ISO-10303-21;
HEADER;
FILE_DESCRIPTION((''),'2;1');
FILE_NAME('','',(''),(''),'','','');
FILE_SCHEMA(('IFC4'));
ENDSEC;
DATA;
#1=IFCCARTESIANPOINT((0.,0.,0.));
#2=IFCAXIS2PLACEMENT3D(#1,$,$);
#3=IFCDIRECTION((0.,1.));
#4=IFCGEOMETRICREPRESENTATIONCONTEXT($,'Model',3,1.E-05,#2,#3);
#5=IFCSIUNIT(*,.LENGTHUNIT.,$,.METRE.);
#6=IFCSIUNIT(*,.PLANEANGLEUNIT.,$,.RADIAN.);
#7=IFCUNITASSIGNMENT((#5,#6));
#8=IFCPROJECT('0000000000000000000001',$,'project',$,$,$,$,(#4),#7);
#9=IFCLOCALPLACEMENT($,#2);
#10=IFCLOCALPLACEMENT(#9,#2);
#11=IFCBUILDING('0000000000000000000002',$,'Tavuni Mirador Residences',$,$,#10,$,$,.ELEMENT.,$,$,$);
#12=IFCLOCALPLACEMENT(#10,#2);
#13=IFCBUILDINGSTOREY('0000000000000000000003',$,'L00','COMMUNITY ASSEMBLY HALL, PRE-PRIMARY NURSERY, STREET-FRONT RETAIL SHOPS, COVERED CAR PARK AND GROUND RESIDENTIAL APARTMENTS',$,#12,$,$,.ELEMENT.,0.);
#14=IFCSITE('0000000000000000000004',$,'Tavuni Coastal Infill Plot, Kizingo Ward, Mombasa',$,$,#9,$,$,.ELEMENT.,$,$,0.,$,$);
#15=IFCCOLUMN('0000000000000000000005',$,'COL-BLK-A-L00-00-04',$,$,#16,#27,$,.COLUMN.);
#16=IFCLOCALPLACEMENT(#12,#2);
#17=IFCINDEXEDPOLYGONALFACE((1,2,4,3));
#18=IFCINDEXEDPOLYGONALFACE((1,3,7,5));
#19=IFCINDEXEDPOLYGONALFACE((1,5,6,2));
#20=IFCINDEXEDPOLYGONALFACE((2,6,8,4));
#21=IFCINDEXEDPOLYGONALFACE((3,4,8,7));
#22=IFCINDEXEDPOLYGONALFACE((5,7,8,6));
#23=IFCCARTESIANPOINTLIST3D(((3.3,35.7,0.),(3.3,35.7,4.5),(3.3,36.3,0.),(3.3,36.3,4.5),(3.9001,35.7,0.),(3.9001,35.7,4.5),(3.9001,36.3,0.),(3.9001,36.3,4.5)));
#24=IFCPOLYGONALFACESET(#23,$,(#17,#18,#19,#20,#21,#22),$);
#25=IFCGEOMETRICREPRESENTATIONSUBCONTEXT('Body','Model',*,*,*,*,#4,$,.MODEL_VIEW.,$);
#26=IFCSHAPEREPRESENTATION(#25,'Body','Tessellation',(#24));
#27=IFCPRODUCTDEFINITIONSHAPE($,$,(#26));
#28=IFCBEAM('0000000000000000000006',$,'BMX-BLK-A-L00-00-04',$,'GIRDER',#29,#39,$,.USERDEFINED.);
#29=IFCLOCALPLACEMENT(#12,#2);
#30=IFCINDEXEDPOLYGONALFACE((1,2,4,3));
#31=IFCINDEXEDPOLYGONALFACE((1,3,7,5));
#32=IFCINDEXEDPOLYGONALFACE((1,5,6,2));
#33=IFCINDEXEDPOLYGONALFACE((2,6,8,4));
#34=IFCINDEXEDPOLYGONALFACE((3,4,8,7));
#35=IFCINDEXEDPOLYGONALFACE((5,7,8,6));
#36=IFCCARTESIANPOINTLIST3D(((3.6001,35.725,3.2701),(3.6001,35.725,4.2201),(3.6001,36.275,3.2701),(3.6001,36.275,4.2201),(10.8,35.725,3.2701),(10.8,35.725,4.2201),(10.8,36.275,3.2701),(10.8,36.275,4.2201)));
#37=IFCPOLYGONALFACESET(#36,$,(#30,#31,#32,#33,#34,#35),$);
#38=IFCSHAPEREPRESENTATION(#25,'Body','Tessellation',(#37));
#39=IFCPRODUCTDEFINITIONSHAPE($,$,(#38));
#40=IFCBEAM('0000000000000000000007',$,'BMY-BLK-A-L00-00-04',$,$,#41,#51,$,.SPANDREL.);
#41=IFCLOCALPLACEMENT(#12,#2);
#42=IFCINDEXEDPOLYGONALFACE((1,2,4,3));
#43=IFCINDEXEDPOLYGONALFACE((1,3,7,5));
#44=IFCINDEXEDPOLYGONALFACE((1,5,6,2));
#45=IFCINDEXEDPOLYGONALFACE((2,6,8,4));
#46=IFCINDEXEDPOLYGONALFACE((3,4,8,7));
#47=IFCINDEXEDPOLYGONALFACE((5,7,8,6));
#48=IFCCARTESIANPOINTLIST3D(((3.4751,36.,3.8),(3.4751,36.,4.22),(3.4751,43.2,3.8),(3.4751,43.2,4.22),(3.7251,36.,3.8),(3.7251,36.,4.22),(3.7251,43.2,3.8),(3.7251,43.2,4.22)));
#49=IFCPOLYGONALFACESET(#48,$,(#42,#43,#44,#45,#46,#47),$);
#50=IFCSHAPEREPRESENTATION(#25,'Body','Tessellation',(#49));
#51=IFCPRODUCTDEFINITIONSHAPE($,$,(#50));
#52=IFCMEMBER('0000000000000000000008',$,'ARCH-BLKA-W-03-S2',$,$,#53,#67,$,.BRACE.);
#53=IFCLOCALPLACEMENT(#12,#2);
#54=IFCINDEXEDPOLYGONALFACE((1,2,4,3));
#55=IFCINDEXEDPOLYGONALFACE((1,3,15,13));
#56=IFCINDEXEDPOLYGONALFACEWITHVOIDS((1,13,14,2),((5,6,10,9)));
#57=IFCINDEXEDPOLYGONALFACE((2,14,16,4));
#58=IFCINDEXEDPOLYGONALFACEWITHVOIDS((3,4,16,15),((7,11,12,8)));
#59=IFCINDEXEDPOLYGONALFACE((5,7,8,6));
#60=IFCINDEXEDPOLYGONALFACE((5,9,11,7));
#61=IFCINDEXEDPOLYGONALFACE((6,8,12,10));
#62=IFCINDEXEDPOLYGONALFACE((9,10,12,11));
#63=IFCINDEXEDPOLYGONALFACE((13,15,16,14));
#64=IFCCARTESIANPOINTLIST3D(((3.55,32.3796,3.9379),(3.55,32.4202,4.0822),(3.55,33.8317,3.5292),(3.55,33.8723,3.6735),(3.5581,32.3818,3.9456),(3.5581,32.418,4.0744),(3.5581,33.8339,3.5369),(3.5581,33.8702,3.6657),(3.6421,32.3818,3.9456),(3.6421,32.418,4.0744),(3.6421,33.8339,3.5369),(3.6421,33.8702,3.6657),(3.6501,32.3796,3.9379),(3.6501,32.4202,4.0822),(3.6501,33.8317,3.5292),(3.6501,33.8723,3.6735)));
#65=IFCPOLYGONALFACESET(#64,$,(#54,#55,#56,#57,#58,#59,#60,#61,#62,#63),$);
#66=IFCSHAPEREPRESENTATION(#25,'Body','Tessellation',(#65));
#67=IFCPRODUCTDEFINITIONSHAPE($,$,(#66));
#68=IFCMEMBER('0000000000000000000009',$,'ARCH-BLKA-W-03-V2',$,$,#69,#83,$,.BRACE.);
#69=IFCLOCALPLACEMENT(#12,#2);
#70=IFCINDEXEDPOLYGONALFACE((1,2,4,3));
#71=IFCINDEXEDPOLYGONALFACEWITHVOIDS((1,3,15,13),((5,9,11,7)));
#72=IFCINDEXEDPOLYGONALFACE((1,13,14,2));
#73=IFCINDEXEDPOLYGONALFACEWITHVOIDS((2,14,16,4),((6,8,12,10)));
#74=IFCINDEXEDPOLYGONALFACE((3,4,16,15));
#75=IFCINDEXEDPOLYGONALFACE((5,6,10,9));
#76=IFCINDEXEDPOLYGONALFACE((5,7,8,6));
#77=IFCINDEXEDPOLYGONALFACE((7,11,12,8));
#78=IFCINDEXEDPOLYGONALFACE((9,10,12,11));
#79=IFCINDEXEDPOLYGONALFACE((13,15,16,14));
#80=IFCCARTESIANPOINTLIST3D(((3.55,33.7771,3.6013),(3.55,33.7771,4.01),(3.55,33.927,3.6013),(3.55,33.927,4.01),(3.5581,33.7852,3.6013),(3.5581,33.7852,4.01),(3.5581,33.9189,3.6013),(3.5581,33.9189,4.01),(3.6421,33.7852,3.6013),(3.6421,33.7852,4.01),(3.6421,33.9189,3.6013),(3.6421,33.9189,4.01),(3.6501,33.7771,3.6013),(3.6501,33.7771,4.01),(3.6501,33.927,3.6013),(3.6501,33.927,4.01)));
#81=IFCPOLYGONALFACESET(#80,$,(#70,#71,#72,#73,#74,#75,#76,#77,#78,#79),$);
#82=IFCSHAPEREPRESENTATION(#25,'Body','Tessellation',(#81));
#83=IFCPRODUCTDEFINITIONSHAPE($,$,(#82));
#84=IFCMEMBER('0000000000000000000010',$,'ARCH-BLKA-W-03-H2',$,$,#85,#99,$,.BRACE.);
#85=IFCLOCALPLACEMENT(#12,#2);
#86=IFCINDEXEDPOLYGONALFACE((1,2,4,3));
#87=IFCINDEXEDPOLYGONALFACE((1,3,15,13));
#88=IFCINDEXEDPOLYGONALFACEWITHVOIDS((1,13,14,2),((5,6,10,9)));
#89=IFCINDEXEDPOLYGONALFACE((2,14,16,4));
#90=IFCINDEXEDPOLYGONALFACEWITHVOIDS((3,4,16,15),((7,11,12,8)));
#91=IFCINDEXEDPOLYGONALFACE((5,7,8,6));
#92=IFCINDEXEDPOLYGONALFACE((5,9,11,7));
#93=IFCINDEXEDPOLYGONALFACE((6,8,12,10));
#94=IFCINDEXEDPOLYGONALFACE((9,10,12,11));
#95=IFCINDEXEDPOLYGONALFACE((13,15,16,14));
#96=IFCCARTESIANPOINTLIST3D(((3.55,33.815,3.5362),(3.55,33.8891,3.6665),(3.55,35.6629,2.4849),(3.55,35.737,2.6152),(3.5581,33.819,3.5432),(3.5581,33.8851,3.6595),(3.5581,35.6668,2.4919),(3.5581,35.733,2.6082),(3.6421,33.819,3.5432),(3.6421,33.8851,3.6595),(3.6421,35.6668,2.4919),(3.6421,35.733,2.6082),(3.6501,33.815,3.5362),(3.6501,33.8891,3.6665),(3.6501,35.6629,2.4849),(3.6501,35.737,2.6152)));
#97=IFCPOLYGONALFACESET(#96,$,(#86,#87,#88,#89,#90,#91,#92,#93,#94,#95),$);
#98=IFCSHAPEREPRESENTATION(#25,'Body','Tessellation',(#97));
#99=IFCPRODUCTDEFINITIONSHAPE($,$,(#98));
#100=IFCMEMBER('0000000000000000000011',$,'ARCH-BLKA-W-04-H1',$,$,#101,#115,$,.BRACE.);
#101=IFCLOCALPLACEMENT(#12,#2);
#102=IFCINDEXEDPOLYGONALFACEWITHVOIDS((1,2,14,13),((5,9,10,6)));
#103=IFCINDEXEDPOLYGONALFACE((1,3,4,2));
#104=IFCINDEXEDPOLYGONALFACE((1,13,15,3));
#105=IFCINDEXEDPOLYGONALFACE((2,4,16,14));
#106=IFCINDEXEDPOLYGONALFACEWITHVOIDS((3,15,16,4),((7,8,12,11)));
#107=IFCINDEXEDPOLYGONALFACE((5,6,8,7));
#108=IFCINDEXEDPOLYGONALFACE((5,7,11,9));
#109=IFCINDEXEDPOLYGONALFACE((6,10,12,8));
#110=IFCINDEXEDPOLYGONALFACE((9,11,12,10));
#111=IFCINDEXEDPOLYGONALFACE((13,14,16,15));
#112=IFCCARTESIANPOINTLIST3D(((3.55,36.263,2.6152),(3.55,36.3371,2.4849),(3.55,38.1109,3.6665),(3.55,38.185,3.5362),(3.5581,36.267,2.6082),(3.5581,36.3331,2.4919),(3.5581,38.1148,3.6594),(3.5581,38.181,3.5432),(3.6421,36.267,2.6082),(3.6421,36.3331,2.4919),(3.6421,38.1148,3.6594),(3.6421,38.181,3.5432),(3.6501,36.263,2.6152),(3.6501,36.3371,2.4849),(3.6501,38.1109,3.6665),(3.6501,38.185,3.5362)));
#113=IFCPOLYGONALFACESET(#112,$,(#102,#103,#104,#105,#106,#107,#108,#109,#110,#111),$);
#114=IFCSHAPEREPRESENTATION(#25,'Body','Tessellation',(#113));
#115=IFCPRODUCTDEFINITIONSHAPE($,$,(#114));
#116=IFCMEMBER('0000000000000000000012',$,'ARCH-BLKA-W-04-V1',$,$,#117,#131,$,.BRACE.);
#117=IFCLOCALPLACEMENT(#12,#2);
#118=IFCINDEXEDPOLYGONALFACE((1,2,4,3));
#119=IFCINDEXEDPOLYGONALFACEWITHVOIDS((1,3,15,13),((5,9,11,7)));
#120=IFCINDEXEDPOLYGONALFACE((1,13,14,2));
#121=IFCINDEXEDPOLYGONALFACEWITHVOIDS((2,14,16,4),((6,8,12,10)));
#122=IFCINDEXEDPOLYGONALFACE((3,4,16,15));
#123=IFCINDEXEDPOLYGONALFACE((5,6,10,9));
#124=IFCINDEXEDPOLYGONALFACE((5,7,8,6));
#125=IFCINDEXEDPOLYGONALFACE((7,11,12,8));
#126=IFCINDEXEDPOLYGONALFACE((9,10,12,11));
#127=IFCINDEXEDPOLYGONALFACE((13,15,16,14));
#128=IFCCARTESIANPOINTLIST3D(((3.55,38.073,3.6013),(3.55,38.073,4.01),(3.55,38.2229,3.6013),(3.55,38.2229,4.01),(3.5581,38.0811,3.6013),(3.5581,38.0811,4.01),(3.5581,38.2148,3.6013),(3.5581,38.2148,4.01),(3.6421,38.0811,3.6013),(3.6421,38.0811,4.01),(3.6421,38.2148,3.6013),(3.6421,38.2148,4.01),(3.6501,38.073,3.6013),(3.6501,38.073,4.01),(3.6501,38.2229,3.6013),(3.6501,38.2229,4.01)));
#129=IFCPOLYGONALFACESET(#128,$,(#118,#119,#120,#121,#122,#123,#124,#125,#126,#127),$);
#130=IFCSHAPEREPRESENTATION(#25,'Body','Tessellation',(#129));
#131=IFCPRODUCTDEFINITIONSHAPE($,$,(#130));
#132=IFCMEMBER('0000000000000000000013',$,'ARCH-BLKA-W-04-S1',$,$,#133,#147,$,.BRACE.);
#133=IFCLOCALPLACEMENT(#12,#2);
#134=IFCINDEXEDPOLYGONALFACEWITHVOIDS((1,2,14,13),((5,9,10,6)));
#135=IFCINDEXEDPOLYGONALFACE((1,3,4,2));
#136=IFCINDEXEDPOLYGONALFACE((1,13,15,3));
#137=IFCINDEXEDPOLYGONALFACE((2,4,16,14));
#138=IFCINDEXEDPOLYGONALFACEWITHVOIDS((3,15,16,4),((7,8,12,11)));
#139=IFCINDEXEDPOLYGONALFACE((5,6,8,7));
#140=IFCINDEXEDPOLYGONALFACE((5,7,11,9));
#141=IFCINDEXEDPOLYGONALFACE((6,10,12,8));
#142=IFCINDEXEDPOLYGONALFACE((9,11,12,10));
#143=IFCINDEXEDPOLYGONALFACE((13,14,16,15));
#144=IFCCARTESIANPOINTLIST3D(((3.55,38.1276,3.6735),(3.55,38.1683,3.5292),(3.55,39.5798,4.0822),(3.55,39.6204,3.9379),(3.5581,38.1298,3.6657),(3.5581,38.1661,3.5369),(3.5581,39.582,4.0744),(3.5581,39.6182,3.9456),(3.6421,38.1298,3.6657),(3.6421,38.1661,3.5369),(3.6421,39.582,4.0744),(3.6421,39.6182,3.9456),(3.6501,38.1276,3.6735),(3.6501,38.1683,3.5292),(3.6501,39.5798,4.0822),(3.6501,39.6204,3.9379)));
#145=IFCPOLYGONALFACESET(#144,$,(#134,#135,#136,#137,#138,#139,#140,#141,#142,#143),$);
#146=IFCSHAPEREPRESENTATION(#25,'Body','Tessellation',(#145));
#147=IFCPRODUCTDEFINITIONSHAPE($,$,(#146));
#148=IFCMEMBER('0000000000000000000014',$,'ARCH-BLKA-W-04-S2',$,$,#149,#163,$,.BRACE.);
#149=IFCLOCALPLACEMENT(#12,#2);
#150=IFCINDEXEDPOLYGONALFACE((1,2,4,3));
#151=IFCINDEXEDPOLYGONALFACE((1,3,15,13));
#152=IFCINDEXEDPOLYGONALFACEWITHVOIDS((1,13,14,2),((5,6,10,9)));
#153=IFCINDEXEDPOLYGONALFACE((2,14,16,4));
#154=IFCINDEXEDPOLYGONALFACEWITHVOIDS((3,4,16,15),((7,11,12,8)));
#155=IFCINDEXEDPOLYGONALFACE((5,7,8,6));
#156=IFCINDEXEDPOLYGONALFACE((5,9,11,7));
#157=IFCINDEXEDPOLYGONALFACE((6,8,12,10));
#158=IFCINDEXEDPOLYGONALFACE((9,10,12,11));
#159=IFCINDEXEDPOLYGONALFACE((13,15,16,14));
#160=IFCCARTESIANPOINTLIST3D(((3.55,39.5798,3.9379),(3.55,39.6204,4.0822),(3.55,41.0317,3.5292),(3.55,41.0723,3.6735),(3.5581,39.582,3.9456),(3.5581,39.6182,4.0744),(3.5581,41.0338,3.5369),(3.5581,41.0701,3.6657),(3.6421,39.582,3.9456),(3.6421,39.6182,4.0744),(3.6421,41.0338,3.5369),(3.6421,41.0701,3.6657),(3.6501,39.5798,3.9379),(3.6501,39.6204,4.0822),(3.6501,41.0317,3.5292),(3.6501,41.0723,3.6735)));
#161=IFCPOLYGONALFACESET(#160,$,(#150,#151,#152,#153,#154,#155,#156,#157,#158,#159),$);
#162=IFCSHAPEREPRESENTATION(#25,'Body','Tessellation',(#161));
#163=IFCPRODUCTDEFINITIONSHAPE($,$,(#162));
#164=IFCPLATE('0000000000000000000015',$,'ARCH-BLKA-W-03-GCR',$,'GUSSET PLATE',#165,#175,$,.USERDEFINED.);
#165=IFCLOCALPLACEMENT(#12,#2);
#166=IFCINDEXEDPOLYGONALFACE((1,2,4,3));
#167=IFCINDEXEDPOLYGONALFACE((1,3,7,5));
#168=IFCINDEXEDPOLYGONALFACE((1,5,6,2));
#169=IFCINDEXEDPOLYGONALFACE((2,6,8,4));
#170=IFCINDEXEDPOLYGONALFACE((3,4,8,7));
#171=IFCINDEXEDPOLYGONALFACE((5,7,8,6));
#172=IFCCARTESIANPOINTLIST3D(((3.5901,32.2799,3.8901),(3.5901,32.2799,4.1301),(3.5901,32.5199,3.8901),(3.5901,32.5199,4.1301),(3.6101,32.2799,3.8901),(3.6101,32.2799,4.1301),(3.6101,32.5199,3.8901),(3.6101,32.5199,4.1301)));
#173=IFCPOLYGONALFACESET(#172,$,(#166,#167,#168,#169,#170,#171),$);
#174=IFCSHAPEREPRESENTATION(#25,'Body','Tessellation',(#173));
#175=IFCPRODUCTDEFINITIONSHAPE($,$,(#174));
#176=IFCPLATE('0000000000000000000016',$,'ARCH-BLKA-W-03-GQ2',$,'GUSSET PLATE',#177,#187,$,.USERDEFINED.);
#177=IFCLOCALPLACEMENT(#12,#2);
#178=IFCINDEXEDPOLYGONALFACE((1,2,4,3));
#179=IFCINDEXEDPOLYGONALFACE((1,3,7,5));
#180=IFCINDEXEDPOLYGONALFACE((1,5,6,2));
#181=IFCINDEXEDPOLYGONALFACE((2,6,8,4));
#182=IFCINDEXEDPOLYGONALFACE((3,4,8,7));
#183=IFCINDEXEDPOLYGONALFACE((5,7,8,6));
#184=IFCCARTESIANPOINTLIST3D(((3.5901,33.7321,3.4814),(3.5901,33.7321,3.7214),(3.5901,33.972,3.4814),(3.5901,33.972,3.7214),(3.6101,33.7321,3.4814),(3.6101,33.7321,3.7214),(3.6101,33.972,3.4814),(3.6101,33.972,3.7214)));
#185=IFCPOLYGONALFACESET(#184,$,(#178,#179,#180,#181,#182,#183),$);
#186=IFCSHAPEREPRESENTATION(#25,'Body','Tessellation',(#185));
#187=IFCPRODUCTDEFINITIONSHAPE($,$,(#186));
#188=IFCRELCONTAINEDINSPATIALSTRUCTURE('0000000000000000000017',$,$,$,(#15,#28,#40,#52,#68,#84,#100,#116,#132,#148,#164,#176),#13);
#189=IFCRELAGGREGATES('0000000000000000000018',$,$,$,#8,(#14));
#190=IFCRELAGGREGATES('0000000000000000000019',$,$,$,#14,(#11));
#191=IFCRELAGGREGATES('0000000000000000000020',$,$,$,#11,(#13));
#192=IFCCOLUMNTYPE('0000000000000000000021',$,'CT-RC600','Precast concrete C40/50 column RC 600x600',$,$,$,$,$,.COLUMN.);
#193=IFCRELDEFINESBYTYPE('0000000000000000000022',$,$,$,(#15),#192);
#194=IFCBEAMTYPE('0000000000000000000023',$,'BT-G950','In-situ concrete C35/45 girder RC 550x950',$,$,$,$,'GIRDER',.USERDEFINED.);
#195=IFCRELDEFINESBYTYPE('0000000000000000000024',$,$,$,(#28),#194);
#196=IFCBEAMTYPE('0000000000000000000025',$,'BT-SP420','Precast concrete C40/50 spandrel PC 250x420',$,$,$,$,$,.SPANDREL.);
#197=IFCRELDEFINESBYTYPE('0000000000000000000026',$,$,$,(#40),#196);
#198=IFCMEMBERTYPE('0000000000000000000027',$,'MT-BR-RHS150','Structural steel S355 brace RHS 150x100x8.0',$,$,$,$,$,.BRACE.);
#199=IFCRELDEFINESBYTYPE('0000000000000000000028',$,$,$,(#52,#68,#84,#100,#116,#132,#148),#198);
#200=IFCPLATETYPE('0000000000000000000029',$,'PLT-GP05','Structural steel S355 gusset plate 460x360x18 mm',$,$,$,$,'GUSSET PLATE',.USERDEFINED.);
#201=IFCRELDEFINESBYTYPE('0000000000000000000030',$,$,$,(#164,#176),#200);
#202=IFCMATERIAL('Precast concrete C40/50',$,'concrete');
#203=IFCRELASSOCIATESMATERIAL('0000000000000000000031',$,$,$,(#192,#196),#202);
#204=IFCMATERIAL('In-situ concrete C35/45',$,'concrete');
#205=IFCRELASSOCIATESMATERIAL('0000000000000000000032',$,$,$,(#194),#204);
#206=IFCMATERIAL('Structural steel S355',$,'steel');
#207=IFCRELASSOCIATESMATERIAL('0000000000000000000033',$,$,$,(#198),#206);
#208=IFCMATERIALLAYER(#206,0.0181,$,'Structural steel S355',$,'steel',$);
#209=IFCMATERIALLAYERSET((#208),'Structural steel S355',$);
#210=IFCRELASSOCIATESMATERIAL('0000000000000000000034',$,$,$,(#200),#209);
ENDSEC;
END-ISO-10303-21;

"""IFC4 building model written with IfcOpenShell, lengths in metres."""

from ifc_helpers import new_model, si_unit, direction, frame, origin, origin_2d, place, context, subcontext, project, spatial, rectangle, hollow_rectangle, extrude, material, layer, layer_set, material_profile, profile_set, type_object, element, save


model = new_model("IFC4")

# Units and contexts
model_context = context("Model", 3, precision=1e-05, world=origin(), true_north=direction((0.0, 1.0)))
body_context = subcontext(model_context, "Body", "Model", "MODEL_VIEW")
ifc_project = project(units=[si_unit("LENGTHUNIT", "METRE"), si_unit("PLANEANGLEUNIT", "RADIAN")], contexts=[model_context])

# Site, building, storey
site_placement = place(None, origin())
site = spatial("IfcSite", under=ifc_project, at=site_placement, Name="Tavuni Coastal Infill Plot, Kizingo Ward, Mombasa", CompositionType="ELEMENT", RefElevation=0.0)
building_placement = place(site_placement, origin())
building = spatial("IfcBuilding", under=site, at=building_placement, Name="Tavuni Mirador Residences", CompositionType="ELEMENT")
storey_placement = place(building_placement, origin())
storey = spatial("IfcBuildingStorey", under=building, at=storey_placement, Name="L00", Description="COMMUNITY ASSEMBLY HALL, PRE-PRIMARY NURSERY, STREET-FRONT RETAIL SHOPS, COVERED CAR PARK AND GROUND RESIDENTIAL APARTMENTS", CompositionType="ELEMENT", Elevation=0.0)

# Column
ifc_material_1 = material(Name="Precast concrete C40/50", Category="concrete")
ifc_material_profile_1 = material_profile(ifc_material_1, rectangle(XDim=0.6001, YDim=0.6001, at=origin_2d()), Name="RC 600x600", Category="concrete")
ifc_profile_set_1 = profile_set([ifc_material_profile_1], Name="Precast concrete C40/50")
column_type = type_object("IfcColumnType", Name="CT-RC600", Description="Precast concrete C40/50 column RC 600x600", PredefinedType="COLUMN", material=ifc_profile_set_1)
column_placement = place(storey_placement, frame((3.6001, 36.0, 0.0), z_axis=(0.0, 0.0, 1.0), x_axis=(1.0, 0.0, 0.0)))
element("IfcColumn", 1, at=column_placement, inside=storey, type_object=column_type, Name="COL-BLK-A-L00-00-04", PredefinedType="COLUMN", context=body_context, shape_type="SweptSolid", body=[
    extrude(rectangle(XDim=0.6001, YDim=0.6001, at=origin_2d()), origin(), (0.0, 0.0, 1.0), 4.5),
])

# Beams
ifc_material_2 = material(Name="In-situ concrete C35/45", Category="concrete")
ifc_material_profile_2 = material_profile(ifc_material_2, rectangle(XDim=0.55, YDim=0.95, at=origin_2d()), Name="RC 550x950", Category="concrete")
ifc_profile_set_2 = profile_set([ifc_material_profile_2], Name="In-situ concrete C35/45")
beam_type_1 = type_object("IfcBeamType", Name="BT-G950", Description="In-situ concrete C35/45 girder RC 550x950", ElementType="GIRDER", PredefinedType="USERDEFINED", material=ifc_profile_set_2)
beam_1_placement = place(storey_placement, frame((3.6001, 36.0, 3.7451), z_axis=(1.0, 0.0, 0.0), x_axis=(0.0, 1.0, 0.0)))
element("IfcBeam", 2, at=beam_1_placement, inside=storey, type_object=beam_type_1, Name="BMX-BLK-A-L00-00-04", ObjectType="GIRDER", PredefinedType="USERDEFINED", context=body_context, shape_type="SweptSolid", body=[
    extrude(rectangle(XDim=0.55, YDim=0.95, at=origin_2d()), origin(), (0.0, 0.0, 1.0), 7.2),
])
ifc_material_profile_3 = material_profile(ifc_material_1, rectangle(XDim=0.25, YDim=0.4199, at=origin_2d()), Name="PC 250x420", Category="concrete")
ifc_profile_set_3 = profile_set([ifc_material_profile_3], Name="Precast concrete C40/50")
beam_type_2 = type_object("IfcBeamType", Name="BT-SP420", Description="Precast concrete C40/50 spandrel PC 250x420", PredefinedType="SPANDREL", material=ifc_profile_set_3)
beam_2_placement = place(storey_placement, frame((3.6001, 36.0, 4.01), z_axis=(0.0, 1.0, 0.0), x_axis=(-1.0, 0.0, 0.0)))
element("IfcBeam", 3, at=beam_2_placement, inside=storey, type_object=beam_type_2, Name="BMY-BLK-A-L00-00-04", PredefinedType="SPANDREL", context=body_context, shape_type="SweptSolid", body=[
    extrude(rectangle(XDim=0.25, YDim=0.4199, at=origin_2d()), origin(), (0.0, 0.0, 1.0), 7.2),
])

# Members
ifc_material_3 = material(Name="Structural steel S355", Category="steel")
ifc_material_profile_4 = material_profile(ifc_material_3, hollow_rectangle(XDim=0.1001, YDim=0.1499, WallThickness=0.0081, at=origin_2d()), Name="RHS 150x100x8.0", Category="steel")
ifc_profile_set_4 = profile_set([ifc_material_profile_4], Name="Structural steel S355")
member_type = type_object("IfcMemberType", Name="MT-BR-RHS150", Description="Structural steel S355 brace RHS 150x100x8.0", PredefinedType="BRACE", material=ifc_profile_set_4)
member_1_placement = place(storey_placement, frame((3.6001, 32.3999, 4.01), z_axis=(0.0, 0.962603, -0.270914), x_axis=(-1.0, 0.0, 0.0)))
element("IfcMember", 4, at=member_1_placement, inside=storey, type_object=member_type, Name="ARCH-BLKA-W-03-S2", PredefinedType="BRACE", context=body_context, shape_type="SweptSolid", body=[
    extrude(hollow_rectangle(XDim=0.1001, YDim=0.1499, WallThickness=0.0081, at=origin_2d()), origin(), (0.0, 0.0, 1.0), 1.5085),
])
member_2_placement = place(storey_placement, frame((3.6001, 33.8521, 3.6013), z_axis=(0.0, 0.0, 1.0), x_axis=(1.0, 0.0, 0.0)))
element("IfcMember", 5, at=member_2_placement, inside=storey, type_object=member_type, Name="ARCH-BLKA-W-03-V2", PredefinedType="BRACE", context=body_context, shape_type="SweptSolid", body=[
    extrude(hollow_rectangle(XDim=0.1001, YDim=0.1499, WallThickness=0.0081, at=origin_2d()), origin(), (0.0, 0.0, 1.0), 0.4087),
])
for number, where, z_axis, x_axis, name in (
    (6, (3.6001, 33.8521, 3.6013), (0.0, 0.869189, -0.494481), (-1.0, 0.0, 0.0), "ARCH-BLKA-W-03-H2"),
    (7, (3.6001, 36.3, 2.55), (0.0, 0.869189, 0.494481), (-1.0, 0.0, 0.0), "ARCH-BLKA-W-04-H1"),
):
    element("IfcMember", number, at=place(storey_placement, frame(where, z_axis=z_axis, x_axis=x_axis)), inside=storey, type_object=member_type, Name=name, PredefinedType="BRACE", context=body_context, shape_type="SweptSolid", body=[
        extrude(hollow_rectangle(XDim=0.1001, YDim=0.1499, WallThickness=0.0081, at=origin_2d()), origin(), (0.0, 0.0, 1.0), 2.126),
    ])
member_3_placement = place(storey_placement, frame((3.6001, 38.1479, 3.6013), z_axis=(0.0, 0.0, 1.0), x_axis=(1.0, 0.0, 0.0)))
element("IfcMember", 8, at=member_3_placement, inside=storey, type_object=member_type, Name="ARCH-BLKA-W-04-V1", PredefinedType="BRACE", context=body_context, shape_type="SweptSolid", body=[
    extrude(hollow_rectangle(XDim=0.1001, YDim=0.1499, WallThickness=0.0081, at=origin_2d()), origin(), (0.0, 0.0, 1.0), 0.4087),
])
member_4_placement = place(storey_placement, frame((3.6001, 38.1479, 3.6013), z_axis=(0.0, 0.962603, 0.270914), x_axis=(-1.0, 0.0, 0.0)))
element("IfcMember", 9, at=member_4_placement, inside=storey, type_object=member_type, Name="ARCH-BLKA-W-04-S1", PredefinedType="BRACE", context=body_context, shape_type="SweptSolid", body=[
    extrude(hollow_rectangle(XDim=0.1001, YDim=0.1499, WallThickness=0.0081, at=origin_2d()), origin(), (0.0, 0.0, 1.0), 1.5085),
])
member_5_placement = place(storey_placement, frame((3.6001, 39.6001, 4.01), z_axis=(0.0, 0.962592, -0.270957), x_axis=(-1.0, 0.0, 0.0)))
element("IfcMember", 10, at=member_5_placement, inside=storey, type_object=member_type, Name="ARCH-BLKA-W-04-S2", PredefinedType="BRACE", context=body_context, shape_type="SweptSolid", body=[
    extrude(hollow_rectangle(XDim=0.1001, YDim=0.1499, WallThickness=0.0081, at=origin_2d()), origin(), (0.0, 0.0, 1.0), 1.5083),
])

# Plates
ifc_layer_1 = layer(ifc_material_3, 0.0181, Name="Structural steel S355", Category="steel")
ifc_layer_set_1 = layer_set([ifc_layer_1], Name="Structural steel S355")
plate_type = type_object("IfcPlateType", Name="PLT-GP05", Description="Structural steel S355 gusset plate 460x360x18 mm", ElementType="GUSSET PLATE", PredefinedType="USERDEFINED", material=ifc_layer_set_1)
for number, where, z_axis, x_axis, name in (
    (11, (3.6001, 32.3999, 3.8901), (0.0, 0.0, 1.0), (1.0, 0.0, 0.0), "ARCH-BLKA-W-03-GCR"),
    (12, (3.6001, 33.8521, 3.4814), (0.0, 0.0, 1.0), (1.0, 0.0, 0.0), "ARCH-BLKA-W-03-GQ2"),
):
    element("IfcPlate", number, at=place(storey_placement, frame(where, z_axis=z_axis, x_axis=x_axis)), inside=storey, type_object=plate_type, Name=name, ObjectType="GUSSET PLATE", PredefinedType="USERDEFINED", context=body_context, shape_type="SweptSolid", body=[
        extrude(rectangle(XDim=0.02, YDim=0.24, at=origin_2d()), origin(), (0.0, 0.0, 1.0), 0.24),
    ])

save(model, "model.ifc")
